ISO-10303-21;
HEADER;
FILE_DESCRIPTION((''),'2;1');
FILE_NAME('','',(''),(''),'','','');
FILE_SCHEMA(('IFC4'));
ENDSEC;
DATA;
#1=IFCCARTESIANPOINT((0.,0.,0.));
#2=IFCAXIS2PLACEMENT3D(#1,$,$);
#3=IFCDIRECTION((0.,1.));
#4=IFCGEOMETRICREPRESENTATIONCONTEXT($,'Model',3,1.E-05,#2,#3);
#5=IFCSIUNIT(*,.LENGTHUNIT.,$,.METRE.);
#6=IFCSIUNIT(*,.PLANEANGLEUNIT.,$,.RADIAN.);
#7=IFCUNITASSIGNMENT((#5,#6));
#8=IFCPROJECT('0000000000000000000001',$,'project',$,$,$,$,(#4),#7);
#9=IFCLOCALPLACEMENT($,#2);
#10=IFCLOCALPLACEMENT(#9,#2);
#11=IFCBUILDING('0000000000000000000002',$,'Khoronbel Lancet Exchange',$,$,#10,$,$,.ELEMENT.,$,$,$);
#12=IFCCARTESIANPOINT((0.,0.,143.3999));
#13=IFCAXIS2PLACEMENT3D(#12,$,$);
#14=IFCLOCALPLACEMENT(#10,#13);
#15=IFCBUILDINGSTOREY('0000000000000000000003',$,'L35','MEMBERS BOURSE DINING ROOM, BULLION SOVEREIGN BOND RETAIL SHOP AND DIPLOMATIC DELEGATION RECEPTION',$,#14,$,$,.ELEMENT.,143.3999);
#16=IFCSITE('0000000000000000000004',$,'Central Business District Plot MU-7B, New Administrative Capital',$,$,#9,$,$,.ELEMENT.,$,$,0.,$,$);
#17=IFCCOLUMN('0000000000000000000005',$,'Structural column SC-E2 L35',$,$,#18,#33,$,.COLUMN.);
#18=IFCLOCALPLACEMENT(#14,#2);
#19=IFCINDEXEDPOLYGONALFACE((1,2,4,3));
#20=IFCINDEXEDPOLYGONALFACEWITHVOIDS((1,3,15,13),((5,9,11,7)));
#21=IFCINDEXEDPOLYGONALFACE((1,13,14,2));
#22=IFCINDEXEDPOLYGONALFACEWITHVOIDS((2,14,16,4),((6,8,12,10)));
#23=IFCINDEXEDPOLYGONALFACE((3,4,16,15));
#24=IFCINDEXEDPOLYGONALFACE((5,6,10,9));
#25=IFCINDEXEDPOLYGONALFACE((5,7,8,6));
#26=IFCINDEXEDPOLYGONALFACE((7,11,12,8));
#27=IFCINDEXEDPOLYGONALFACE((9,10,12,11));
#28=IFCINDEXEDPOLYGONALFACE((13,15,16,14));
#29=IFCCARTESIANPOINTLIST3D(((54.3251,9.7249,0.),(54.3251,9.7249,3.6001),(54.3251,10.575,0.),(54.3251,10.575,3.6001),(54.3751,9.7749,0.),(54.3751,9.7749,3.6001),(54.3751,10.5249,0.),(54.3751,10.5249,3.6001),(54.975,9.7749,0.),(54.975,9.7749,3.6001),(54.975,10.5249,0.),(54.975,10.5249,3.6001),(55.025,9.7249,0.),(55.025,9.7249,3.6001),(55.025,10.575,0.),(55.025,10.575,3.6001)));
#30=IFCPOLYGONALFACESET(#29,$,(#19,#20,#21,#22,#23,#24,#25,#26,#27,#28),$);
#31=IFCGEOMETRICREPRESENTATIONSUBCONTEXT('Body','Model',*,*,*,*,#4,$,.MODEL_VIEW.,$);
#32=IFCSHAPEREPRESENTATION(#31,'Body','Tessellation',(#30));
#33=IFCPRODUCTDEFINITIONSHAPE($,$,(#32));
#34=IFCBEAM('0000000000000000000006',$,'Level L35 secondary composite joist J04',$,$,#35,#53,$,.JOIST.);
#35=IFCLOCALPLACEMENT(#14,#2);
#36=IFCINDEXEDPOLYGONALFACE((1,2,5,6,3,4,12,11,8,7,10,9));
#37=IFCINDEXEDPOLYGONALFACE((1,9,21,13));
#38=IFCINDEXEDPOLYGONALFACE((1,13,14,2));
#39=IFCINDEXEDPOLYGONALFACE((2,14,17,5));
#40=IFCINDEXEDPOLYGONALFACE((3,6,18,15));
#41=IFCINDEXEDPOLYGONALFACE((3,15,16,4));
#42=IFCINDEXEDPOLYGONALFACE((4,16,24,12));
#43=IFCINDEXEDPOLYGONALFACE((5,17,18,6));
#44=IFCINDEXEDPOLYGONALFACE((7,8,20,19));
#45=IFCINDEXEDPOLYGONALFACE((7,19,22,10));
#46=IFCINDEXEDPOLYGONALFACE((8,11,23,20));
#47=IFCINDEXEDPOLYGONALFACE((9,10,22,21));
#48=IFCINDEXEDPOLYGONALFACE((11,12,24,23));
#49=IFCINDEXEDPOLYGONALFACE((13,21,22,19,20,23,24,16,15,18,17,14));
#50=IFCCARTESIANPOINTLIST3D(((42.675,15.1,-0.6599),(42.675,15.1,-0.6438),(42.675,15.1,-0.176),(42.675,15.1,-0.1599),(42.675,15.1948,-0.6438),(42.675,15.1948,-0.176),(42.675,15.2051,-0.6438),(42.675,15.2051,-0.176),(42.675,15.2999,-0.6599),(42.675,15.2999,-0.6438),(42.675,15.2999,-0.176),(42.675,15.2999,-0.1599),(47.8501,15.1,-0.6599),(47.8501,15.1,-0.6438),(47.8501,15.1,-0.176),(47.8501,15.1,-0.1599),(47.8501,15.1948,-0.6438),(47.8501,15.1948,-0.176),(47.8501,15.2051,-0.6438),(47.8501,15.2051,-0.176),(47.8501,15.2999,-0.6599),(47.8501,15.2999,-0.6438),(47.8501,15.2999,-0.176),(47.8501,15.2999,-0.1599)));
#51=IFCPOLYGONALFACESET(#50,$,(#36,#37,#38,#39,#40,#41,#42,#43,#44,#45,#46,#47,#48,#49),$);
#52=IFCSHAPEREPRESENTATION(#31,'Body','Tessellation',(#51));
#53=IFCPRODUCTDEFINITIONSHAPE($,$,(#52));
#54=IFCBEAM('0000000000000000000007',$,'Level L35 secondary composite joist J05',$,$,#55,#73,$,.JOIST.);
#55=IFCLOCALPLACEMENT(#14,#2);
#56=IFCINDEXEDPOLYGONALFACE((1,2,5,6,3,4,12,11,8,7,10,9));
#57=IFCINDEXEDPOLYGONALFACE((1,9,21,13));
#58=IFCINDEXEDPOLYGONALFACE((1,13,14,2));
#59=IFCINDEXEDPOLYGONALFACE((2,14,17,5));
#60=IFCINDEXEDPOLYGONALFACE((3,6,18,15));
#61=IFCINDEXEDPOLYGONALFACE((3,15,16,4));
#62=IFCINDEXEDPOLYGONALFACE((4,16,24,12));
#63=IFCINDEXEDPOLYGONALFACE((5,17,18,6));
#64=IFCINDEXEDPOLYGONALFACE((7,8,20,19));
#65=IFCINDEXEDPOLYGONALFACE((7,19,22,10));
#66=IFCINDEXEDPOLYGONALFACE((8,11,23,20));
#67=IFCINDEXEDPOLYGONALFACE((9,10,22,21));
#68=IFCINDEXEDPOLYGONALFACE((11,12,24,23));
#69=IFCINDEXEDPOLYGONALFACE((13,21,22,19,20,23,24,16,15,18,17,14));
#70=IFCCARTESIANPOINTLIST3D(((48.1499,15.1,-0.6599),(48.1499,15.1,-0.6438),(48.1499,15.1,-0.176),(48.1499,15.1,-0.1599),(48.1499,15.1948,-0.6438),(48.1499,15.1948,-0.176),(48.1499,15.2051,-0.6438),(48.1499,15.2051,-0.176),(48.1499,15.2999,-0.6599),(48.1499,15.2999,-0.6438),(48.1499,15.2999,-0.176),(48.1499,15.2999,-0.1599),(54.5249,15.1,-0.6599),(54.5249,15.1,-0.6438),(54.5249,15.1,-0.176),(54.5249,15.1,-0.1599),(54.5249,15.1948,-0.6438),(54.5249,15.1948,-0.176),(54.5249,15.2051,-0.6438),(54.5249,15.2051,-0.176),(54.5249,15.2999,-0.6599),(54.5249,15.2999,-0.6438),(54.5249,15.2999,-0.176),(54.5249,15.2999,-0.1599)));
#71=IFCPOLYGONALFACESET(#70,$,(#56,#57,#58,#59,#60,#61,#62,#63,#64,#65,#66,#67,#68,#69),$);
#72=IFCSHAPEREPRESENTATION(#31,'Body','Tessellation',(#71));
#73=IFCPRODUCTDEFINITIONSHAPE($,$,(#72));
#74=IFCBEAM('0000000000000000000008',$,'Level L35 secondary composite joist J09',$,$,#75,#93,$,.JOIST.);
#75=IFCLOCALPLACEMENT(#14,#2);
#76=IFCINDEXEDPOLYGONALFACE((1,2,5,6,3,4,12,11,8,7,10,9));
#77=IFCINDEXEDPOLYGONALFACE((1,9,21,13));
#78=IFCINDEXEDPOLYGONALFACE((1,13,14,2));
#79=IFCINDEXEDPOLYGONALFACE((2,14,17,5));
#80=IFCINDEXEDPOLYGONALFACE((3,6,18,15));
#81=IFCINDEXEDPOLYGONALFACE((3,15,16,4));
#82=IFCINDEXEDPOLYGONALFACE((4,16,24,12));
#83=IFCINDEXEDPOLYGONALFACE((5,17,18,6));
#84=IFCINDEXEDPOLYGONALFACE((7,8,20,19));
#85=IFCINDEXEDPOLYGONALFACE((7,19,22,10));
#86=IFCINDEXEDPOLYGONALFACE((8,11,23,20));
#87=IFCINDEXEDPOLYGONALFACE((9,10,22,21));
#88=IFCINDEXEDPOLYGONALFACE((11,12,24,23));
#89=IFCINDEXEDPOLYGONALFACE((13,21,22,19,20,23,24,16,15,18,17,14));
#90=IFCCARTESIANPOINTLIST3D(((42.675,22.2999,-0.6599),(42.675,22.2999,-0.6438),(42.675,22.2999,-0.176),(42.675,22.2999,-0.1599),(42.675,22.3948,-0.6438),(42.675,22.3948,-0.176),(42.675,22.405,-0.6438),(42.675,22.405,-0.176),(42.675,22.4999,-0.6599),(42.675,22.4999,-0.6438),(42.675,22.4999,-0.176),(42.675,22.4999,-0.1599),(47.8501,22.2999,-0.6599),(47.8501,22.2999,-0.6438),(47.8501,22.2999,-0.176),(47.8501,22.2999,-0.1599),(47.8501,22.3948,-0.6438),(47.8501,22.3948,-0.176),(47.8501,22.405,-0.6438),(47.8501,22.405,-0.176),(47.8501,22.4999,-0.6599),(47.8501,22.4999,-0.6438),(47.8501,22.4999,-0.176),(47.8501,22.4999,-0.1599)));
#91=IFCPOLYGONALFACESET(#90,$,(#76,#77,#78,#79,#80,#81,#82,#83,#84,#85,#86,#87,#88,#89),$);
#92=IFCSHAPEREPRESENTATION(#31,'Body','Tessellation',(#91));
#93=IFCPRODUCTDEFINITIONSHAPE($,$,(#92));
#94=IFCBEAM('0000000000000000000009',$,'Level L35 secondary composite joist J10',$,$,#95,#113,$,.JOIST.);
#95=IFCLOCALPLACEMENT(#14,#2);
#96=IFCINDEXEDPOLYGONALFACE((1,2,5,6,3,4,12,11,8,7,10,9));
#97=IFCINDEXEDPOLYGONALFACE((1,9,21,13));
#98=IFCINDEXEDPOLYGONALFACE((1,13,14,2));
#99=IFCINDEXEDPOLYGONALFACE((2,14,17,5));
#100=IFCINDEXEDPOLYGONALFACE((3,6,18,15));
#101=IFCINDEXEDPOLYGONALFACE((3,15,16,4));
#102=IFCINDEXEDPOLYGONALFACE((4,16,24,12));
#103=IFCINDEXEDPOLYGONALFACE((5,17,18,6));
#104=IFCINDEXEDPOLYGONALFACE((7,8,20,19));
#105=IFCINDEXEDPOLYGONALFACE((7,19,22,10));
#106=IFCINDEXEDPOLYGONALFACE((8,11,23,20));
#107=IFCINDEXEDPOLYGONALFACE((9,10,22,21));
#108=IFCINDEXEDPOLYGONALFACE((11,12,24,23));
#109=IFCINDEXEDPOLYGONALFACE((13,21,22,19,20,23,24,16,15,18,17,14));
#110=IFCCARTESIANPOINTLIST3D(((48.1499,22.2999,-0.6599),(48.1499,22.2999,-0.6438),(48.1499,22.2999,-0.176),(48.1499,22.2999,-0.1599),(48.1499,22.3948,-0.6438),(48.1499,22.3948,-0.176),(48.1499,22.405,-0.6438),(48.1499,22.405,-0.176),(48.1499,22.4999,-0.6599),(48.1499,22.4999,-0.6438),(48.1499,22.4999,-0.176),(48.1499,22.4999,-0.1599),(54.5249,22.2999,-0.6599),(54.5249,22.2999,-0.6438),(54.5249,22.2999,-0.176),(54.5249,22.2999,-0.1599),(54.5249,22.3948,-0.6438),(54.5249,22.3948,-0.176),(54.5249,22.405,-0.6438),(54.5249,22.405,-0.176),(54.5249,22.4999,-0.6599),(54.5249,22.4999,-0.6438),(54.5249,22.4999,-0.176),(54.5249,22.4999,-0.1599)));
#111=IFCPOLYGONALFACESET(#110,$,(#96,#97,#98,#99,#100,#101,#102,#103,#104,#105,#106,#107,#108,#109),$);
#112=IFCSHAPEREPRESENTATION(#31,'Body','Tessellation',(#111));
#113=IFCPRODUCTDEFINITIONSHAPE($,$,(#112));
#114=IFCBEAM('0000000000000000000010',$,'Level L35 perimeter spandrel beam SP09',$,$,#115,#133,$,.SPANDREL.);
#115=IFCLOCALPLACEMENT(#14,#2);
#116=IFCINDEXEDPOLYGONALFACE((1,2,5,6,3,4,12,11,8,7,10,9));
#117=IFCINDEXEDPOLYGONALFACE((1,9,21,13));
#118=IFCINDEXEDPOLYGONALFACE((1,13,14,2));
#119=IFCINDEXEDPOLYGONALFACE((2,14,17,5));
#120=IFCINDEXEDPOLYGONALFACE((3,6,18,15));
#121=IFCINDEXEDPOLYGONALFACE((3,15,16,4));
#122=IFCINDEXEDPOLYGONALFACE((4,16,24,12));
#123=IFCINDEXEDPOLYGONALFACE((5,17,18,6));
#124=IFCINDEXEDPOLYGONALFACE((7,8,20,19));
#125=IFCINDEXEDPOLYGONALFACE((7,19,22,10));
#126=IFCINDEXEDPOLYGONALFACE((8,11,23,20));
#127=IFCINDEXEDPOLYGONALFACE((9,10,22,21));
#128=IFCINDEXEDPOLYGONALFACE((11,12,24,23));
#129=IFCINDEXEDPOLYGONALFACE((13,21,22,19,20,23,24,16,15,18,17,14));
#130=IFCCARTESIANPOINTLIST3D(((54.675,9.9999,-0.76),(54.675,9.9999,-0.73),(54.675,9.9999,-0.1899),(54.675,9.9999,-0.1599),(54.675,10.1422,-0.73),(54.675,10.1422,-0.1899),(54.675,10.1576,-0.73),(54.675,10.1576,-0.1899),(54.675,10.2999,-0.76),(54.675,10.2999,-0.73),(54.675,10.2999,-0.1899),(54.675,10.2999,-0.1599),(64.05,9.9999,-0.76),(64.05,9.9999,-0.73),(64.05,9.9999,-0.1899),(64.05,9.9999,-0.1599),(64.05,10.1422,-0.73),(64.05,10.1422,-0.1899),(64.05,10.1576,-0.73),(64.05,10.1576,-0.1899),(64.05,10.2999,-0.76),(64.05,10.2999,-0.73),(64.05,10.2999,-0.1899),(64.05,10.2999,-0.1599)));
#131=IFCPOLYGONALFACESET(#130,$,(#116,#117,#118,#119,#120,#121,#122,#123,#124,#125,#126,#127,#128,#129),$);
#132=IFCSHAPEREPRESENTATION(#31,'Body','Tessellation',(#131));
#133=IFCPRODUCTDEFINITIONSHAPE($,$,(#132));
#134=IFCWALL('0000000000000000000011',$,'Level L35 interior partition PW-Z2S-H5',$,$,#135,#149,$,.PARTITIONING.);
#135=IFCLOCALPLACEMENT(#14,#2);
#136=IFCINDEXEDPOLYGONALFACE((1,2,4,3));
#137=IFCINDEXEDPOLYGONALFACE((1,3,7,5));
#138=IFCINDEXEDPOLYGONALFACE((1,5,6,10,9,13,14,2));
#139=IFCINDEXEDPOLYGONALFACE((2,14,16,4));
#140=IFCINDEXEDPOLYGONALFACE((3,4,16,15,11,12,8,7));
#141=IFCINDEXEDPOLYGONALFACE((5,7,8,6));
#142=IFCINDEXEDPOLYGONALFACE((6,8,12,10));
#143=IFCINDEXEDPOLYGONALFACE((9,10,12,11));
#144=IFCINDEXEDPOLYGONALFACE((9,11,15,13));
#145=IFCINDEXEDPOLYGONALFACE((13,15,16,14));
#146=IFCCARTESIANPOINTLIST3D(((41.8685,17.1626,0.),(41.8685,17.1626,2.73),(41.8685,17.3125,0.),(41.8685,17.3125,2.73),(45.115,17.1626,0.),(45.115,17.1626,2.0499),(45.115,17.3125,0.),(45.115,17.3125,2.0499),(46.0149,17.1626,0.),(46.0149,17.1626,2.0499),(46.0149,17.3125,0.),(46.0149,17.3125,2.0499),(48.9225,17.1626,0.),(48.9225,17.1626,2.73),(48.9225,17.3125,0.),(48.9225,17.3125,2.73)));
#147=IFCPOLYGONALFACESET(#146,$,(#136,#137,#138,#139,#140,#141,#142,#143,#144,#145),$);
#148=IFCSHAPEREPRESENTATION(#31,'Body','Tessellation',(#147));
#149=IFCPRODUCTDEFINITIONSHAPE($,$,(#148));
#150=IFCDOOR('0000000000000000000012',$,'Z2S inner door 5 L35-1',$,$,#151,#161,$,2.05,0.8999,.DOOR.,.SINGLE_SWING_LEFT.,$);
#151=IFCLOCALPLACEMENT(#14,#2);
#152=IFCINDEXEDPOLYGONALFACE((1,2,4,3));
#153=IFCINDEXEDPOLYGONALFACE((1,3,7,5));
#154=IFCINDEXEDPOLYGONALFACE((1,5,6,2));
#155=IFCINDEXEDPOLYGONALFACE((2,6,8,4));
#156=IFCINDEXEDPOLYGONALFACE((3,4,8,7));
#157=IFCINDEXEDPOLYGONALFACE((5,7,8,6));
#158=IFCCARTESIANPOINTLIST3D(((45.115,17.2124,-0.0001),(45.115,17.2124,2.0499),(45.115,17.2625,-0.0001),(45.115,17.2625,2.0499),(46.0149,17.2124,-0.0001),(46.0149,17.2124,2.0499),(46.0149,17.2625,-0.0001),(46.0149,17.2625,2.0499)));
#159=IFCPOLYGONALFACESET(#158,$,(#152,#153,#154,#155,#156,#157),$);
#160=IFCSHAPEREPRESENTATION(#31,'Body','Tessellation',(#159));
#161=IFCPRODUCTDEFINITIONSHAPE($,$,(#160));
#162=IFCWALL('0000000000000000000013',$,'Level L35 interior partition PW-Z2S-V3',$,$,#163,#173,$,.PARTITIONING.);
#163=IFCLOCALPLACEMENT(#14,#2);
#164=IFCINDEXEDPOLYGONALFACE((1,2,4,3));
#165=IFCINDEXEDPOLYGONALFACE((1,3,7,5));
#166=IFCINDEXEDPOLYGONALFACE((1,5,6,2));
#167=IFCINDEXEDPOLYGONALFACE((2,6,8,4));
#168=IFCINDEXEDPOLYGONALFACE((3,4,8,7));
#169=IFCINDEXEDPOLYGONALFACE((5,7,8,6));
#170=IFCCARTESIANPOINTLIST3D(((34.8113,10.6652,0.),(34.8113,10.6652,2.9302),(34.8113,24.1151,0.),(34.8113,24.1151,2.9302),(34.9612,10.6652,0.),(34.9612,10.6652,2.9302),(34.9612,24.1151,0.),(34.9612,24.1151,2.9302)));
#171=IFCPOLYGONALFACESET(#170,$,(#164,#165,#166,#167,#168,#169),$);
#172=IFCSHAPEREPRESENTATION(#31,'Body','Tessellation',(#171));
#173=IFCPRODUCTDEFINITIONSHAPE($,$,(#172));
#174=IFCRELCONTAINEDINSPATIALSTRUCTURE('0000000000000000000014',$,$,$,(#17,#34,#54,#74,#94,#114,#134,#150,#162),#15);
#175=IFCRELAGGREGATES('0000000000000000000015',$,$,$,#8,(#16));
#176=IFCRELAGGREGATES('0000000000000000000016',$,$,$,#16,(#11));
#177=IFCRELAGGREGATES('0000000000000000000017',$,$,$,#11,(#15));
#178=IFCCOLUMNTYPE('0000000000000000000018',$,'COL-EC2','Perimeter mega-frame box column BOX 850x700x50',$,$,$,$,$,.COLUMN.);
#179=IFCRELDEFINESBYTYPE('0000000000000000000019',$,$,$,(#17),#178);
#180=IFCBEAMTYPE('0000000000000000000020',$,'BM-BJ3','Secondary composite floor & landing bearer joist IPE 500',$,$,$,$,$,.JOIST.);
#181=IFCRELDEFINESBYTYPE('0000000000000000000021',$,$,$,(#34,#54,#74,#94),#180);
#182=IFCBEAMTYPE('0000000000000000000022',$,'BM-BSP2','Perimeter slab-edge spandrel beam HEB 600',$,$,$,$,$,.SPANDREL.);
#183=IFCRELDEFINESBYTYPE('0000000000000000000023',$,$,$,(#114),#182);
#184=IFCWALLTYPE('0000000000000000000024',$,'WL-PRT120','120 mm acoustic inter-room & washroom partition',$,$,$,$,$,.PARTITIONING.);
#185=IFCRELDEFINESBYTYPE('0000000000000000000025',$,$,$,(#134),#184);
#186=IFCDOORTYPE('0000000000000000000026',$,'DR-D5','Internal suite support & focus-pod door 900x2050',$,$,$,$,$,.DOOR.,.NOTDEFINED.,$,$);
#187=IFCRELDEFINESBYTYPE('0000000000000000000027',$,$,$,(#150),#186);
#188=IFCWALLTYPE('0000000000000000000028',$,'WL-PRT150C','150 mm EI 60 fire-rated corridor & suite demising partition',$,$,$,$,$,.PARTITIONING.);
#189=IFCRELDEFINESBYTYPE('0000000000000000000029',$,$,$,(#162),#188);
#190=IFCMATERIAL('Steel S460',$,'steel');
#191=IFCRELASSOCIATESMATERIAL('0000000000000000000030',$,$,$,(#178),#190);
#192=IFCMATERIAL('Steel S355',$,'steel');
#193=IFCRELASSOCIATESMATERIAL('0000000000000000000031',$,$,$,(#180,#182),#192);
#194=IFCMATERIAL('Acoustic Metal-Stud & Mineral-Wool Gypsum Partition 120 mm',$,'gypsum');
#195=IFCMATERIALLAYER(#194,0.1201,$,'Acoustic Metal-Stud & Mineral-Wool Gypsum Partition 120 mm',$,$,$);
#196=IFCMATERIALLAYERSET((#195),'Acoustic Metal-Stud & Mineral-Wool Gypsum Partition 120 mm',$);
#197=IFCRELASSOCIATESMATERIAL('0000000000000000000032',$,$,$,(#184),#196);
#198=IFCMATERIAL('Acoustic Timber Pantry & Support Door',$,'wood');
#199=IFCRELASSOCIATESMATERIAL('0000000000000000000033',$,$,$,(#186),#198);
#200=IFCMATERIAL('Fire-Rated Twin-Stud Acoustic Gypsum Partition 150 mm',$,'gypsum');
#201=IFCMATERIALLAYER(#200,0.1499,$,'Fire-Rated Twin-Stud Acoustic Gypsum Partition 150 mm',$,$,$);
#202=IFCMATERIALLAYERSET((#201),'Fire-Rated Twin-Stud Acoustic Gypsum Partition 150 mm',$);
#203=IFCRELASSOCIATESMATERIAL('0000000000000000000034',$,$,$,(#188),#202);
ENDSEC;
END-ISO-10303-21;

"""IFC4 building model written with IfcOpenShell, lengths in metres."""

from ifc_helpers import new_model, si_unit, direction, frame, frame_2d, origin, origin_2d, place, context, subcontext, project, spatial, rectangle, hollow_rectangle, i_section, extrude, material, layer, layer_set, material_profile, profile_set, type_object, element, fill, save


model = new_model("IFC4")

# Units and contexts
model_context = context("Model", 3, precision=1e-05, world=origin(), true_north=direction((0.0, 1.0)))
body_context = subcontext(model_context, "Body", "Model", "MODEL_VIEW")
ifc_project = project(units=[si_unit("LENGTHUNIT", "METRE"), si_unit("PLANEANGLEUNIT", "RADIAN")], contexts=[model_context])

# Site, building, storey
site_placement = place(None, origin())
site = spatial("IfcSite", under=ifc_project, at=site_placement, Name="Central Business District Plot MU-7B, New Administrative Capital", CompositionType="ELEMENT", RefElevation=0.0)
building_placement = place(site_placement, origin())
building = spatial("IfcBuilding", under=site, at=building_placement, Name="Khoronbel Lancet Exchange", CompositionType="ELEMENT")
storey_placement = place(building_placement, frame((0.0, 0.0, 143.3999)))
storey = spatial("IfcBuildingStorey", under=building, at=storey_placement, Name="L35", Description="MEMBERS BOURSE DINING ROOM, BULLION SOVEREIGN BOND RETAIL SHOP AND DIPLOMATIC DELEGATION RECEPTION", CompositionType="ELEMENT", Elevation=143.3999)

# Column
ifc_material_1 = material(Name="Steel S460", Category="steel")
ifc_material_profile_1 = material_profile(ifc_material_1, hollow_rectangle(XDim=0.7, YDim=0.8501, WallThickness=0.05, at=origin_2d()), Name="BOX 850x700x50")
ifc_profile_set_1 = profile_set([ifc_material_profile_1], Name="Steel S460")
column_type = type_object("IfcColumnType", Name="COL-EC2", Description="Perimeter mega-frame box column BOX 850x700x50", PredefinedType="COLUMN", material=ifc_profile_set_1)
column_placement = place(storey_placement, frame((54.675, 10.1499, 0.0), z_axis=(0.0, 0.0, 1.0), x_axis=(1.0, 0.0, 0.0)))
element("IfcColumn", 1, at=column_placement, inside=storey, type_object=column_type, Name="Structural column SC-E2 L35", PredefinedType="COLUMN", context=body_context, shape_type="SweptSolid", body=[
    extrude(hollow_rectangle(XDim=0.7, YDim=0.8501, WallThickness=0.05, at=origin_2d()), origin(), (0.0, 0.0, 1.0), 3.6001),
])

# Beams
ifc_material_2 = material(Name="Steel S355", Category="steel")
ifc_material_profile_2 = material_profile(ifc_material_2, i_section(OverallWidth=0.2, OverallDepth=0.5, WebThickness=0.0103, FlangeThickness=0.0161, at=origin_2d()), Name="IPE 500")
ifc_profile_set_2 = profile_set([ifc_material_profile_2], Name="Steel S355")
beam_type_1 = type_object("IfcBeamType", Name="BM-BJ3", Description="Secondary composite floor & landing bearer joist IPE 500", PredefinedType="JOIST", material=ifc_profile_set_2)
beam_1_placement = place(storey_placement, frame((42.675, 15.2, -0.4099), z_axis=(1.0, 0.0, 0.0), x_axis=(0.0, 1.0, 0.0)))
element("IfcBeam", 2, at=beam_1_placement, inside=storey, type_object=beam_type_1, Name="Level L35 secondary composite joist J04", PredefinedType="JOIST", context=body_context, shape_type="SweptSolid", body=[
    extrude(i_section(OverallWidth=0.2, OverallDepth=0.5, WebThickness=0.0103, FlangeThickness=0.0161, at=origin_2d()), origin(), (0.0, 0.0, 1.0), 5.175),
])
beam_2_placement = place(storey_placement, frame((48.1499, 15.2, -0.4099), z_axis=(1.0, 0.0, 0.0), x_axis=(0.0, 1.0, 0.0)))
element("IfcBeam", 3, at=beam_2_placement, inside=storey, type_object=beam_type_1, Name="Level L35 secondary composite joist J05", PredefinedType="JOIST", context=body_context, shape_type="SweptSolid", body=[
    extrude(i_section(OverallWidth=0.2, OverallDepth=0.5, WebThickness=0.0103, FlangeThickness=0.0161, at=origin_2d()), origin(), (0.0, 0.0, 1.0), 6.375),
])
beam_3_placement = place(storey_placement, frame((42.675, 22.3999, -0.4099), z_axis=(1.0, 0.0, 0.0), x_axis=(0.0, 1.0, 0.0)))
element("IfcBeam", 4, at=beam_3_placement, inside=storey, type_object=beam_type_1, Name="Level L35 secondary composite joist J09", PredefinedType="JOIST", context=body_context, shape_type="SweptSolid", body=[
    extrude(i_section(OverallWidth=0.2, OverallDepth=0.5, WebThickness=0.0103, FlangeThickness=0.0161, at=origin_2d()), origin(), (0.0, 0.0, 1.0), 5.175),
])
beam_4_placement = place(storey_placement, frame((48.1499, 22.3999, -0.4099), z_axis=(1.0, 0.0, 0.0), x_axis=(0.0, 1.0, 0.0)))
element("IfcBeam", 5, at=beam_4_placement, inside=storey, type_object=beam_type_1, Name="Level L35 secondary composite joist J10", PredefinedType="JOIST", context=body_context, shape_type="SweptSolid", body=[
    extrude(i_section(OverallWidth=0.2, OverallDepth=0.5, WebThickness=0.0103, FlangeThickness=0.0161, at=origin_2d()), origin(), (0.0, 0.0, 1.0), 6.375),
])
ifc_material_profile_3 = material_profile(ifc_material_2, i_section(OverallWidth=0.3, OverallDepth=0.6001, WebThickness=0.0154, FlangeThickness=0.03, at=origin_2d()), Name="HEB 600")
ifc_profile_set_3 = profile_set([ifc_material_profile_3], Name="Steel S355")
beam_type_2 = type_object("IfcBeamType", Name="BM-BSP2", Description="Perimeter slab-edge spandrel beam HEB 600", PredefinedType="SPANDREL", material=ifc_profile_set_3)
beam_5_placement = place(storey_placement, frame((54.675, 10.1499, -0.46), z_axis=(1.0, 0.0, 0.0), x_axis=(0.0, 1.0, 0.0)))
element("IfcBeam", 6, at=beam_5_placement, inside=storey, type_object=beam_type_2, Name="Level L35 perimeter spandrel beam SP09", PredefinedType="SPANDREL", context=body_context, shape_type="SweptSolid", body=[
    extrude(i_section(OverallWidth=0.3, OverallDepth=0.6001, WebThickness=0.0154, FlangeThickness=0.03, at=origin_2d()), origin(), (0.0, 0.0, 1.0), 9.375),
])

# Wall, opening, door
ifc_material_3 = material(Name="Acoustic Metal-Stud & Mineral-Wool Gypsum Partition 120 mm", Category="gypsum")
ifc_layer_1 = layer(ifc_material_3, 0.1201, Name="Acoustic Metal-Stud & Mineral-Wool Gypsum Partition 120 mm")
ifc_layer_set_1 = layer_set([ifc_layer_1], Name="Acoustic Metal-Stud & Mineral-Wool Gypsum Partition 120 mm")
wall_type_1 = type_object("IfcWallType", Name="WL-PRT120", Description="120 mm acoustic inter-room & washroom partition", PredefinedType="PARTITIONING", material=ifc_layer_set_1)
wall_1_placement = place(storey_placement, frame((41.8687, 17.2375, 0.0), z_axis=(0.0, 0.0, 1.0), x_axis=(1.0, 0.0, 0.0)))
wall_1 = element("IfcWall", 7, at=wall_1_placement, inside=storey, type_object=wall_type_1, Name="Level L35 interior partition PW-Z2S-H5", PredefinedType="PARTITIONING", context=body_context, shape_type="SweptSolid", body=[
    extrude(rectangle(XDim=7.054, YDim=0.1499, at=frame_2d((3.5269, 0.0))), origin(), (0.0, 0.0, 1.0), 2.73),
])
opening_1_placement = place(wall_1_placement, frame((3.2463, 0.0, 0.0)))
opening_1 = element("IfcOpeningElement", 8, at=opening_1_placement, cuts=wall_1, PredefinedType="OPENING", context=body_context, shape_type="SweptSolid", body=[
    extrude(rectangle(XDim=0.8999, YDim=2.05, at=frame_2d((0.45, 1.0249))), frame((0.0, 0.085, 0.0), z_axis=(0.0, -1.0, 0.0), x_axis=(1.0, 0.0, 0.0)), (0.0, 0.0, 1.0), 0.1699),
])
ifc_material_4 = material(Name="Acoustic Timber Pantry & Support Door", Category="wood")
door_type_1 = type_object("IfcDoorType", Name="DR-D5", Description="Internal suite support & focus-pod door 900x2050", OperationType="NOTDEFINED", PredefinedType="DOOR", material=ifc_material_4)
door_1_placement = place(opening_1_placement, origin())
door_1 = element("IfcDoor", 9, at=door_1_placement, inside=storey, type_object=door_type_1, Name="Z2S inner door 5 L35-1", OperationType="SINGLE_SWING_LEFT", OverallHeight=2.05, OverallWidth=0.8999, PredefinedType="DOOR", context=body_context, shape_type="SweptSolid", body=[
    extrude(rectangle(XDim=0.8999, YDim=2.05, at=frame_2d((0.45, 1.0249))), frame((0.0, 0.0249, 0.0), z_axis=(0.0, -1.0, 0.0), x_axis=(1.0, 0.0, 0.0)), (0.0, 0.0, 1.0), 0.05),
])
fill(opening_1, door_1)

# Wall
ifc_material_5 = material(Name="Fire-Rated Twin-Stud Acoustic Gypsum Partition 150 mm", Category="gypsum")
ifc_layer_2 = layer(ifc_material_5, 0.1499, Name="Fire-Rated Twin-Stud Acoustic Gypsum Partition 150 mm")
ifc_layer_set_2 = layer_set([ifc_layer_2], Name="Fire-Rated Twin-Stud Acoustic Gypsum Partition 150 mm")
wall_type_2 = type_object("IfcWallType", Name="WL-PRT150C", Description="150 mm EI 60 fire-rated corridor & suite demising partition", PredefinedType="PARTITIONING", material=ifc_layer_set_2)
for number, where, z_axis, x_axis, name in (
    (10, (34.8862, 10.665, 0.0), (0.0, 0.0, 1.0), (0.0, 1.0, 0.0), "Level L35 interior partition PW-Z2S-V3"),
):
    element("IfcWall", number, at=place(storey_placement, frame(where, z_axis=z_axis, x_axis=x_axis)), inside=storey, type_object=wall_type_2, Name=name, PredefinedType="PARTITIONING", context=body_context, shape_type="SweptSolid", body=[
        extrude(rectangle(XDim=13.45, YDim=0.1499, at=frame_2d((6.7251, 0.0))), origin(), (0.0, 0.0, 1.0), 2.9302),
    ])

save(model, "model.ifc")
